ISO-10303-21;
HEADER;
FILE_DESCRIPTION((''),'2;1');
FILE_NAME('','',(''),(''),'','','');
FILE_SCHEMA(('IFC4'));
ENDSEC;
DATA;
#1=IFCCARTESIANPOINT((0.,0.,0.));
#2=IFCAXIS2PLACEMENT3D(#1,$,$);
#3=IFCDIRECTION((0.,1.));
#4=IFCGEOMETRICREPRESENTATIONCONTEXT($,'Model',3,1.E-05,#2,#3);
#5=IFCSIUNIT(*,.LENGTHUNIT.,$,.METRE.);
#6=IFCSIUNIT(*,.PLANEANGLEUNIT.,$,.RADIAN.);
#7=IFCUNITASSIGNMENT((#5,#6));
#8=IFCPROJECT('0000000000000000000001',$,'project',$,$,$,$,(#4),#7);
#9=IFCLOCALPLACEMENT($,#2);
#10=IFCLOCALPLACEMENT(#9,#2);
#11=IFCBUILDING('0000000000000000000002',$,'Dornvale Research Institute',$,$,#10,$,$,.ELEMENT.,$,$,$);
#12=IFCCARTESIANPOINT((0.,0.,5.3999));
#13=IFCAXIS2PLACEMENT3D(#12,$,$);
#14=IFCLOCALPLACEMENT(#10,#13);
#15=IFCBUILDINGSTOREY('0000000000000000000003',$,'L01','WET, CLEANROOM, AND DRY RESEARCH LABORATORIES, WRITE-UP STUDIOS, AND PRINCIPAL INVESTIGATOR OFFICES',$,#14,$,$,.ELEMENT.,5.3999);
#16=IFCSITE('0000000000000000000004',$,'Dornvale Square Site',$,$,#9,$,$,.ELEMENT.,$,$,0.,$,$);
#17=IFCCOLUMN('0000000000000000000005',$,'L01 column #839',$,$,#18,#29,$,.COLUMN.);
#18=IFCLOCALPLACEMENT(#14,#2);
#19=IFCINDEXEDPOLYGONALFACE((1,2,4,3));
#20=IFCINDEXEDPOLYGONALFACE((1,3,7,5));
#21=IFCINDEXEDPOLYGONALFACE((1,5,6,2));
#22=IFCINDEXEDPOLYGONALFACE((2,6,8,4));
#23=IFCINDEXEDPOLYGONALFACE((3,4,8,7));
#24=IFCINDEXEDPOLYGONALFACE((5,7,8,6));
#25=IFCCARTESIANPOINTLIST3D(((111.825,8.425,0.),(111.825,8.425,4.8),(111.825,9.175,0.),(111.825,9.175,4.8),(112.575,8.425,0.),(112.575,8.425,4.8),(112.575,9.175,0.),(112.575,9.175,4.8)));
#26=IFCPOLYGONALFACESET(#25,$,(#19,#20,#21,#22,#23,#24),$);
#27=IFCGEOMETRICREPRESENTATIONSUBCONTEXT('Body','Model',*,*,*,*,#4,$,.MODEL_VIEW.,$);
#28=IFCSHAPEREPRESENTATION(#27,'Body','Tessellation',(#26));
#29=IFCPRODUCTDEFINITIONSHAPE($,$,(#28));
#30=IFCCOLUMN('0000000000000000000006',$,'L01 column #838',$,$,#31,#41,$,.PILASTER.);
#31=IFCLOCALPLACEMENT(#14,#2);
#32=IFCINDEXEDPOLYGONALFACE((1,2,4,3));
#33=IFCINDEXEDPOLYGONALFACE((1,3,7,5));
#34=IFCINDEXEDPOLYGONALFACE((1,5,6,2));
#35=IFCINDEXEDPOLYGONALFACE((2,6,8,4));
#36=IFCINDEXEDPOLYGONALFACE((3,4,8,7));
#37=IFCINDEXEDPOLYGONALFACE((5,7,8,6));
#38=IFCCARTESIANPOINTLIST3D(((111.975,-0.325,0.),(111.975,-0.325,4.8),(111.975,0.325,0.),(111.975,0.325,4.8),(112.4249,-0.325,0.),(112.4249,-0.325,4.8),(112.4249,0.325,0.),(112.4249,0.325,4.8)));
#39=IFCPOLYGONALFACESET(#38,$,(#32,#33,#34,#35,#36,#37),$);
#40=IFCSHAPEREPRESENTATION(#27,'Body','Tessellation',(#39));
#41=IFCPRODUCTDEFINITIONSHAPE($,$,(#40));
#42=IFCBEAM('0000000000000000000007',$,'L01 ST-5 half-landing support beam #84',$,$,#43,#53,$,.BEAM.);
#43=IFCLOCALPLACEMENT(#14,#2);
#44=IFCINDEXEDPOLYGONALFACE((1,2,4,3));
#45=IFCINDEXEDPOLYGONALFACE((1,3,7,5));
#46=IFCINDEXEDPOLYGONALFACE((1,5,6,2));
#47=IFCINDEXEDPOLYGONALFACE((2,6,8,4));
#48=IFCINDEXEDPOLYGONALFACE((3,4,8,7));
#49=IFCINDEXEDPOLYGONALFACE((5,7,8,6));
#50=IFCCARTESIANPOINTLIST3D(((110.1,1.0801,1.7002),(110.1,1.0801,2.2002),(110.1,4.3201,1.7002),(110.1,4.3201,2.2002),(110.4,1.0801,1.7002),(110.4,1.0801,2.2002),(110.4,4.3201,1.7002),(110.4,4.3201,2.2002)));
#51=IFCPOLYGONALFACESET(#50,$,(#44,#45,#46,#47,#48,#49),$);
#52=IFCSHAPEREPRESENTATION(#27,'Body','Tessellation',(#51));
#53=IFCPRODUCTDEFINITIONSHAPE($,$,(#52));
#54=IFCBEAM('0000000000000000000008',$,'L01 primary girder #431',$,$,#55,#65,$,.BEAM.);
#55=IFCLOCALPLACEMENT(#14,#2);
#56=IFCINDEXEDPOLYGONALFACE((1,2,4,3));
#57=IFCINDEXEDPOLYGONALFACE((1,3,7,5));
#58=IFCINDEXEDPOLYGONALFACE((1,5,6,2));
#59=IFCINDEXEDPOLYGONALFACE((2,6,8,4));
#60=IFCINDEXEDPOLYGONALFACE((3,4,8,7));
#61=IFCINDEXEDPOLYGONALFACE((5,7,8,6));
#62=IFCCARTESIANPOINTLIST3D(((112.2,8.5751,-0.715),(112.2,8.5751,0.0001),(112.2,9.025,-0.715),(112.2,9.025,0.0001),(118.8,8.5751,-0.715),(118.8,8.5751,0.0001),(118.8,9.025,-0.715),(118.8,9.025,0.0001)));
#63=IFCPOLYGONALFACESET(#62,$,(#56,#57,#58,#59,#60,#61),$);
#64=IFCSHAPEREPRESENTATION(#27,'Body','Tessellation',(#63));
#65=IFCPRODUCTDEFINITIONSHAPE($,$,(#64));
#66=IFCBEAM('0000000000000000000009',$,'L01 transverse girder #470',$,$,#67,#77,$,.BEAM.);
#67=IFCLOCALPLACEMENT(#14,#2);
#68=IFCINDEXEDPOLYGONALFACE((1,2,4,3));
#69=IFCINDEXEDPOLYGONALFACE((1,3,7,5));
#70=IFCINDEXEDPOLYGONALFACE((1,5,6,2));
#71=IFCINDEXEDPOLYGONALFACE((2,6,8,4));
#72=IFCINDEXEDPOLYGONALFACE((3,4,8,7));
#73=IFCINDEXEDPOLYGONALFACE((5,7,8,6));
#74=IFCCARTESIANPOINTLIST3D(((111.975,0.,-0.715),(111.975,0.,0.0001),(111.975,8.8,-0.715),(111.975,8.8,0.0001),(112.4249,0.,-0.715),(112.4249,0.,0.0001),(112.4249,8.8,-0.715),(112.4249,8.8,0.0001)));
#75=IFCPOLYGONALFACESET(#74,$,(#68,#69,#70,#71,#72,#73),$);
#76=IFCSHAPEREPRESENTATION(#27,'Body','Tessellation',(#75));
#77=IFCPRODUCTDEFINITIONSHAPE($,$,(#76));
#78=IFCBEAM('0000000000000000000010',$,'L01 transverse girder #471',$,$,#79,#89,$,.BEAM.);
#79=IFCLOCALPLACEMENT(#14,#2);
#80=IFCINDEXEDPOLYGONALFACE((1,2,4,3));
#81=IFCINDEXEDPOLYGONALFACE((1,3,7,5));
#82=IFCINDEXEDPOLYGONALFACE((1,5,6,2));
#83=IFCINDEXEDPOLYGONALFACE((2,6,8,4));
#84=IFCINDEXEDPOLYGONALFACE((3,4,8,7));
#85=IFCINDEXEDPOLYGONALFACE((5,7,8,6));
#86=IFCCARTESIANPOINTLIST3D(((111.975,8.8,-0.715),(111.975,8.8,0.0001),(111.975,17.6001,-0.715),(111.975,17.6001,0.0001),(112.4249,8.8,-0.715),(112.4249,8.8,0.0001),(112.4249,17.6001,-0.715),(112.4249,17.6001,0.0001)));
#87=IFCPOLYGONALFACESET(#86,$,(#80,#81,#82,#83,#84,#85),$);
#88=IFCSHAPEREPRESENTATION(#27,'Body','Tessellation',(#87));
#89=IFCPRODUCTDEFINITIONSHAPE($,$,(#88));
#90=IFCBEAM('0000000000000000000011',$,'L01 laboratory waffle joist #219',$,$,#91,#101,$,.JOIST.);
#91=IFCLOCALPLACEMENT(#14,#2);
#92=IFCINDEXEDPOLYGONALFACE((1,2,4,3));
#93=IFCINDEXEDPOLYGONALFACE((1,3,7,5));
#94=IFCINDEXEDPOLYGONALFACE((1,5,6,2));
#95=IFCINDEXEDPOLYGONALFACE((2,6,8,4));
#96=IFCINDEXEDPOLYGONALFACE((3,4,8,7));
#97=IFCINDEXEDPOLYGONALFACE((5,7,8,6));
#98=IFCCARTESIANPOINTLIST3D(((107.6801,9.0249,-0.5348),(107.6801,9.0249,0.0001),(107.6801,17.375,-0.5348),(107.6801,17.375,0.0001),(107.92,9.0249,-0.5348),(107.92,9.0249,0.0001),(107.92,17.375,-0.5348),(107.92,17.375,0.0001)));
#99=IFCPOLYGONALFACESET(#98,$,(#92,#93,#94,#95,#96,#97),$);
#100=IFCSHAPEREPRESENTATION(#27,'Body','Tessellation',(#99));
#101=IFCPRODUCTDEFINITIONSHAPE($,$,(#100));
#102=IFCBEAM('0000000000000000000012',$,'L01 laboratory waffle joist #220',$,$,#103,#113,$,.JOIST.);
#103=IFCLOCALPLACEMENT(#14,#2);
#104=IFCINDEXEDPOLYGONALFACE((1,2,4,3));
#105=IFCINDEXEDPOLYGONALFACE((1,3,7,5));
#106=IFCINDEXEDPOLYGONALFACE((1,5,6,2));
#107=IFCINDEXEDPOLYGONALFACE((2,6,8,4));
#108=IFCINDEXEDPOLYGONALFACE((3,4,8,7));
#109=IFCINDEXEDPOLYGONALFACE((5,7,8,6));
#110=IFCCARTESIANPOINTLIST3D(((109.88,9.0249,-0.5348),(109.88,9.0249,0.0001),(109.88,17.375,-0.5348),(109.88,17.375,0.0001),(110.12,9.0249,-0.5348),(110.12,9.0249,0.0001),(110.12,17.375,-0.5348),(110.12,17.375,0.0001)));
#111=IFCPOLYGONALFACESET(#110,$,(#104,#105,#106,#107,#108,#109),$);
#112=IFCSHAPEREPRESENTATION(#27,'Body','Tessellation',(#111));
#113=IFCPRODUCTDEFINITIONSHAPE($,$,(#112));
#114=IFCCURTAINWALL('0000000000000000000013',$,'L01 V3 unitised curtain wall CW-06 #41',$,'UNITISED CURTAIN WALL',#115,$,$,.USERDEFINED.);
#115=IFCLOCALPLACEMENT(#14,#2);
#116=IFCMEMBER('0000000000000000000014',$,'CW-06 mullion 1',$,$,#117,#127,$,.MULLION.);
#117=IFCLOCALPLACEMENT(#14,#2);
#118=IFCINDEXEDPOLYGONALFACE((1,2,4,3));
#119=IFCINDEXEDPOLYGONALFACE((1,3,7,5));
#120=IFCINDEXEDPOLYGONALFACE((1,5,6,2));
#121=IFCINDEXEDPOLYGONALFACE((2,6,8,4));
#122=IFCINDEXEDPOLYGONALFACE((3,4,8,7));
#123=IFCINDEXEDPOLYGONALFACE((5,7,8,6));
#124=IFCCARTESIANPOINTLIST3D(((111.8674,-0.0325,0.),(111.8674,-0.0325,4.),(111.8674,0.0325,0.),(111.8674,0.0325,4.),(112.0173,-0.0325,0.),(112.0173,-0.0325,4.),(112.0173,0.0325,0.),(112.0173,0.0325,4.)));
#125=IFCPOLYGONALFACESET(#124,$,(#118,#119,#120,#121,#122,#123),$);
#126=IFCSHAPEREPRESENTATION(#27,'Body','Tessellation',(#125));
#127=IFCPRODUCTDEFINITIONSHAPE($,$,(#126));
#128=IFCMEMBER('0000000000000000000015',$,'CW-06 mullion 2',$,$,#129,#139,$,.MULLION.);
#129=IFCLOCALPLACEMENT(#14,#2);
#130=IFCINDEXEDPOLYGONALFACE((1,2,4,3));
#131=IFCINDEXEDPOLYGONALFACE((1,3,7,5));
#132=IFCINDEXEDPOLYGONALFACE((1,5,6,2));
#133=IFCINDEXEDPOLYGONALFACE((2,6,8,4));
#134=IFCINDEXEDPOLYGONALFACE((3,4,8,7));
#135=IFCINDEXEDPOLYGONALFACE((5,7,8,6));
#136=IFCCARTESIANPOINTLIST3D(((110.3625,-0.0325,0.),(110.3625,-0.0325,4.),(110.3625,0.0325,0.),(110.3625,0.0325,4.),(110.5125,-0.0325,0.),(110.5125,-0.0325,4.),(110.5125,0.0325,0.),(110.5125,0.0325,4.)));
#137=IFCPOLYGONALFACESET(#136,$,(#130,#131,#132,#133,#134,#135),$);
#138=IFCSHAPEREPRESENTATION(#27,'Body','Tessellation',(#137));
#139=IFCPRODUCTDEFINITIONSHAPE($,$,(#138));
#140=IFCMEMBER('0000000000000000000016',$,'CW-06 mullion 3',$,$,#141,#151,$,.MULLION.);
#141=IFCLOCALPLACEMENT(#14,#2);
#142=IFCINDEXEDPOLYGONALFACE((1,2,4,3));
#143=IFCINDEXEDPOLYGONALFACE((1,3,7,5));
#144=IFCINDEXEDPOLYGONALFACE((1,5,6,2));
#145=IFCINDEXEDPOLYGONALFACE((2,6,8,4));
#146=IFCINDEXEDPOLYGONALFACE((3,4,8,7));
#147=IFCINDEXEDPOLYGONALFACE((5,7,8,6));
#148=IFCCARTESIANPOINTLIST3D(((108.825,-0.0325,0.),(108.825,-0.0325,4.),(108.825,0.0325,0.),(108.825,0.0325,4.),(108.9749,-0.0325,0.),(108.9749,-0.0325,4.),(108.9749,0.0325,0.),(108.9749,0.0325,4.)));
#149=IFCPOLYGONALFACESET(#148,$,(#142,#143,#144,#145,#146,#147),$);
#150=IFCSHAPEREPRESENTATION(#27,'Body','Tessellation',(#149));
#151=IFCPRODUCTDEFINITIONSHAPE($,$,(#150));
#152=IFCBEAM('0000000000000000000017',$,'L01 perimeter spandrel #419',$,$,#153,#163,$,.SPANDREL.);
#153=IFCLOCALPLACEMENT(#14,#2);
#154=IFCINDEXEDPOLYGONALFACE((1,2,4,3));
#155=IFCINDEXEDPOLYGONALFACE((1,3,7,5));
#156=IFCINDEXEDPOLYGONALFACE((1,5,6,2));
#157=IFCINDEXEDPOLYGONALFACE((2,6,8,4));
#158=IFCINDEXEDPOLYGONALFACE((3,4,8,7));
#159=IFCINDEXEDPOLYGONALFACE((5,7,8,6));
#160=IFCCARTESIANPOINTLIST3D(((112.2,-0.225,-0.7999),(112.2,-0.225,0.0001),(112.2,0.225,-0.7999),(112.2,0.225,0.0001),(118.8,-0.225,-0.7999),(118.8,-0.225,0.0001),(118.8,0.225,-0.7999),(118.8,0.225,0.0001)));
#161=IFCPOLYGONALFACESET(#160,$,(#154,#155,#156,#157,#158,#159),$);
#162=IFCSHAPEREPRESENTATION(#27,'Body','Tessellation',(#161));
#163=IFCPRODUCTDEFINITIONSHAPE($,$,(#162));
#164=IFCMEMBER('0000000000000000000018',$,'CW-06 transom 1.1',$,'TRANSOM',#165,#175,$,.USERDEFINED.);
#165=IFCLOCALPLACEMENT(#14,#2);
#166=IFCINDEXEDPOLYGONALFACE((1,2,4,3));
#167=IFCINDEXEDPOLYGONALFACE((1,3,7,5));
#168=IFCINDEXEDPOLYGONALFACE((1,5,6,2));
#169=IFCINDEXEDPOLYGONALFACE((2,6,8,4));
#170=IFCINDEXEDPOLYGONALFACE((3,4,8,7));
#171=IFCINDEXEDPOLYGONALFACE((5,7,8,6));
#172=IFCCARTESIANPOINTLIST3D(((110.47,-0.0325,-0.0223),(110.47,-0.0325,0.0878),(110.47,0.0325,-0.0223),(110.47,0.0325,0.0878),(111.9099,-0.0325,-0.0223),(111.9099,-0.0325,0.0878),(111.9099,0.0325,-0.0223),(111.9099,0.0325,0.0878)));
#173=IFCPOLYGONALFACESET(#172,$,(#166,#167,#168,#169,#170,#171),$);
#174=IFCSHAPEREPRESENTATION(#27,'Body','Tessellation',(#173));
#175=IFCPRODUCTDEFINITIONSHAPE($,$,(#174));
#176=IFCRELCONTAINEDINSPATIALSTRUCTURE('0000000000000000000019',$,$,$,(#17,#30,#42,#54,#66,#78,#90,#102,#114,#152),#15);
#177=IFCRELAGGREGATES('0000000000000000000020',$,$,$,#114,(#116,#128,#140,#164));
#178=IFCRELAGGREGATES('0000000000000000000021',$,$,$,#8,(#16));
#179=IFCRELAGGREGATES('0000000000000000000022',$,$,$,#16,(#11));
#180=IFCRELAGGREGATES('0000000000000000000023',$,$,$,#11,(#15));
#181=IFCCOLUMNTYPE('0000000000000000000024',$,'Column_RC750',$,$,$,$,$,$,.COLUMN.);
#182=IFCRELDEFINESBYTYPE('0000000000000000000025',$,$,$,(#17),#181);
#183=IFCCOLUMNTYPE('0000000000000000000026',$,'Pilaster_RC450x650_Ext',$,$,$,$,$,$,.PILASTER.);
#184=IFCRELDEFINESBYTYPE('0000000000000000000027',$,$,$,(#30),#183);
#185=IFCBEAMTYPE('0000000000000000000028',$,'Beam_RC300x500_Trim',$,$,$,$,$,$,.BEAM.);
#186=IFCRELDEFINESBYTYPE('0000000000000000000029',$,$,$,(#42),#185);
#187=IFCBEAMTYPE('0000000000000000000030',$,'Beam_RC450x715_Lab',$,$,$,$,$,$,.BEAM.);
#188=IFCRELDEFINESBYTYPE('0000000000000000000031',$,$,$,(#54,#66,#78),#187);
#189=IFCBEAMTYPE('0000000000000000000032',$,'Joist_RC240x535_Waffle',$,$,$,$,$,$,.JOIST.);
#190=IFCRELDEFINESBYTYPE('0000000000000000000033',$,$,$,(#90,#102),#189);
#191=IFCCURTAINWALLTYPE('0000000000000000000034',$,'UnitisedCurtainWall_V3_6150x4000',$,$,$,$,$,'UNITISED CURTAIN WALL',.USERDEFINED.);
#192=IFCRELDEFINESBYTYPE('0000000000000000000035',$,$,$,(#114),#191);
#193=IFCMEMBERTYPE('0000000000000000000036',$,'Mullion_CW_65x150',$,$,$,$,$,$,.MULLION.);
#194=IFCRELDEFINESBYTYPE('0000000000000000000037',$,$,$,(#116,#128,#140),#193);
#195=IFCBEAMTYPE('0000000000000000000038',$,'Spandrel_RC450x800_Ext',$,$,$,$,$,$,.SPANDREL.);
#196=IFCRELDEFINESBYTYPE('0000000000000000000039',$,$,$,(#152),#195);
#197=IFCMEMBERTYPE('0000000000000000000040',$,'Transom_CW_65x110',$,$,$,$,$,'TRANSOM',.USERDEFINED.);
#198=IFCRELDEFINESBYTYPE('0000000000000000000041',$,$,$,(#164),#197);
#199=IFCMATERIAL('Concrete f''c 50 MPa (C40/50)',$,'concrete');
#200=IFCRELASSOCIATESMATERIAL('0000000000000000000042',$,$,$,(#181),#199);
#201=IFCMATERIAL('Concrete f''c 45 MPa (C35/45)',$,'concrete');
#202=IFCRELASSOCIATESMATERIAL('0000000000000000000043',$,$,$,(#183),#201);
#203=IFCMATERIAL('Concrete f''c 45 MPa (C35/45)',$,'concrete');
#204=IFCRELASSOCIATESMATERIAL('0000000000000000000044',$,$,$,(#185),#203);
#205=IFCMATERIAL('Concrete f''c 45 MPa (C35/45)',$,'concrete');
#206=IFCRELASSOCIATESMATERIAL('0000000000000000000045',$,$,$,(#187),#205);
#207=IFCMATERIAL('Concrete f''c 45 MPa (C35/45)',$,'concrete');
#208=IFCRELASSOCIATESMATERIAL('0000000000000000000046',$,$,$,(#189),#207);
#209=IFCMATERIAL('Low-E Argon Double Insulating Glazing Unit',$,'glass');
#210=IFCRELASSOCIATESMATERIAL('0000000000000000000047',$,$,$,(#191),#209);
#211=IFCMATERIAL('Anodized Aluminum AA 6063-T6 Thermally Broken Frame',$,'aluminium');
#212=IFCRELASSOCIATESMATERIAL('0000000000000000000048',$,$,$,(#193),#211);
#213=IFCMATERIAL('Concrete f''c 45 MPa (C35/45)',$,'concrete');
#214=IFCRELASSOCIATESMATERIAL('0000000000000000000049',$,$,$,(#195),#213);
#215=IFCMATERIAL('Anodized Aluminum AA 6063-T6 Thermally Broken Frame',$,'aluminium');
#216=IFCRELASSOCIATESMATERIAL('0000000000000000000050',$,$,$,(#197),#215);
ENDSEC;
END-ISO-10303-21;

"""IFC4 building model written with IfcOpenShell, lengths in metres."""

from ifc_helpers import new_model, si_unit, direction, frame, origin, origin_2d, place, context, subcontext, project, spatial, rectangle, extrude, material, material_profile, profile_set, type_object, element, aggregate, save


model = new_model("IFC4")

# Units and contexts
model_context = context("Model", 3, precision=1e-05, world=origin(), true_north=direction((0.0, 1.0)))
body_context = subcontext(model_context, "Body", "Model", "MODEL_VIEW")
ifc_project = project(units=[si_unit("LENGTHUNIT", "METRE"), si_unit("PLANEANGLEUNIT", "RADIAN")], contexts=[model_context])

# Site, building, storey
site_placement = place(None, origin())
site = spatial("IfcSite", under=ifc_project, at=site_placement, Name="Dornvale Square Site", CompositionType="ELEMENT", RefElevation=0.0)
building_placement = place(site_placement, origin())
building = spatial("IfcBuilding", under=site, at=building_placement, Name="Dornvale Research Institute", CompositionType="ELEMENT")
storey_placement = place(building_placement, frame((0.0, 0.0, 5.3999)))
storey = spatial("IfcBuildingStorey", under=building, at=storey_placement, Name="L01", Description="WET, CLEANROOM, AND DRY RESEARCH LABORATORIES, WRITE-UP STUDIOS, AND PRINCIPAL INVESTIGATOR OFFICES", CompositionType="ELEMENT", Elevation=5.3999)

# Columns
ifc_material_1 = material(Name="Concrete f'c 50 MPa (C40/50)", Category="concrete")
ifc_material_profile_1 = material_profile(ifc_material_1, rectangle(XDim=0.75, YDim=0.75, at=origin_2d()), Name="RC 750x750")
ifc_profile_set_1 = profile_set([ifc_material_profile_1], Name="Concrete f'c 50 MPa (C40/50)")
column_type_1 = type_object("IfcColumnType", Name="Column_RC750", PredefinedType="COLUMN", material=ifc_profile_set_1)
column_1_placement = place(storey_placement, frame((112.2, 8.8, 0.0), z_axis=(0.0, 0.0, 1.0), x_axis=(1.0, 0.0, 0.0)))
element("IfcColumn", 1, at=column_1_placement, inside=storey, type_object=column_type_1, Name="L01 column #839", PredefinedType="COLUMN", context=body_context, shape_type="SweptSolid", body=[
    extrude(rectangle(XDim=0.75, YDim=0.75, at=origin_2d()), origin(), (0.0, 0.0, 1.0), 4.8),
])
ifc_material_2 = material(Name="Concrete f'c 45 MPa (C35/45)", Category="concrete")
ifc_material_profile_2 = material_profile(ifc_material_2, rectangle(XDim=0.45, YDim=0.6499, at=origin_2d()), Name="RC 450x650")
ifc_profile_set_2 = profile_set([ifc_material_profile_2], Name="Concrete f'c 45 MPa (C35/45)")
column_type_2 = type_object("IfcColumnType", Name="Pilaster_RC450x650_Ext", PredefinedType="PILASTER", material=ifc_profile_set_2)
column_2_placement = place(storey_placement, frame((112.2, 0.0, 0.0), z_axis=(0.0, 0.0, 1.0), x_axis=(1.0, 0.0, 0.0)))
element("IfcColumn", 2, at=column_2_placement, inside=storey, type_object=column_type_2, Name="L01 column #838", PredefinedType="PILASTER", context=body_context, shape_type="SweptSolid", body=[
    extrude(rectangle(XDim=0.45, YDim=0.6499, at=origin_2d()), origin(), (0.0, 0.0, 1.0), 4.8),
])

# Beams
ifc_material_3 = material(Name="Concrete f'c 45 MPa (C35/45)", Category="concrete")
ifc_material_profile_3 = material_profile(ifc_material_3, rectangle(XDim=0.3, YDim=0.5, at=origin_2d()), Name="RC 300x500")
ifc_profile_set_3 = profile_set([ifc_material_profile_3], Name="Concrete f'c 45 MPa (C35/45)")
beam_type_1 = type_object("IfcBeamType", Name="Beam_RC300x500_Trim", PredefinedType="BEAM", material=ifc_profile_set_3)
beam_1_placement = place(storey_placement, frame((110.25, 1.0801, 1.9502), z_axis=(0.0, 1.0, 0.0), x_axis=(-1.0, 0.0, 0.0)))
element("IfcBeam", 3, at=beam_1_placement, inside=storey, type_object=beam_type_1, Name="L01 ST-5 half-landing support beam #84", PredefinedType="BEAM", context=body_context, shape_type="SweptSolid", body=[
    extrude(rectangle(XDim=0.3, YDim=0.5, at=origin_2d()), origin(), (0.0, 0.0, 1.0), 3.24),
])
ifc_material_4 = material(Name="Concrete f'c 45 MPa (C35/45)", Category="concrete")
ifc_material_profile_4 = material_profile(ifc_material_4, rectangle(XDim=0.45, YDim=0.7151, at=origin_2d()), Name="RC 450x715")
ifc_profile_set_4 = profile_set([ifc_material_profile_4], Name="Concrete f'c 45 MPa (C35/45)")
beam_type_2 = type_object("IfcBeamType", Name="Beam_RC450x715_Lab", PredefinedType="BEAM", material=ifc_profile_set_4)
beam_2_placement = place(storey_placement, frame((112.2, 8.8, -0.3574), z_axis=(1.0, 0.0, 0.0), x_axis=(0.0, 1.0, 0.0)))
element("IfcBeam", 4, at=beam_2_placement, inside=storey, type_object=beam_type_2, Name="L01 primary girder #431", PredefinedType="BEAM", context=body_context, shape_type="SweptSolid", body=[
    extrude(rectangle(XDim=0.45, YDim=0.7151, at=origin_2d()), origin(), (0.0, 0.0, 1.0), 6.6001),
])
for number, where, z_axis, x_axis, name in (
    (5, (112.2, 0.0, -0.3574), (0.0, 1.0, 0.0), (-1.0, 0.0, 0.0), "L01 transverse girder #470"),
    (6, (112.2, 8.8, -0.3574), (0.0, 1.0, 0.0), (-1.0, 0.0, 0.0), "L01 transverse girder #471"),
):
    element("IfcBeam", number, at=place(storey_placement, frame(where, z_axis=z_axis, x_axis=x_axis)), inside=storey, type_object=beam_type_2, Name=name, PredefinedType="BEAM", context=body_context, shape_type="SweptSolid", body=[
        extrude(rectangle(XDim=0.45, YDim=0.7151, at=origin_2d()), origin(), (0.0, 0.0, 1.0), 8.8),
    ])
ifc_material_5 = material(Name="Concrete f'c 45 MPa (C35/45)", Category="concrete")
ifc_material_profile_5 = material_profile(ifc_material_5, rectangle(XDim=0.24, YDim=0.5349, at=origin_2d()), Name="RC 240x535")
ifc_profile_set_5 = profile_set([ifc_material_profile_5], Name="Concrete f'c 45 MPa (C35/45)")
beam_type_3 = type_object("IfcBeamType", Name="Joist_RC240x535_Waffle", PredefinedType="JOIST", material=ifc_profile_set_5)
for number, where, z_axis, x_axis, name in (
    (7, (107.8, 9.0249, -0.2673), (0.0, 1.0, 0.0), (-1.0, 0.0, 0.0), "L01 laboratory waffle joist #219"),
    (8, (110.0, 9.0249, -0.2673), (0.0, 1.0, 0.0), (-1.0, 0.0, 0.0), "L01 laboratory waffle joist #220"),
):
    element("IfcBeam", number, at=place(storey_placement, frame(where, z_axis=z_axis, x_axis=x_axis)), inside=storey, type_object=beam_type_3, Name=name, PredefinedType="JOIST", context=body_context, shape_type="SweptSolid", body=[
        extrude(rectangle(XDim=0.24, YDim=0.5349, at=origin_2d()), origin(), (0.0, 0.0, 1.0), 8.3501),
    ])

# Curtain wall, members
ifc_material_6 = material(Name="Low-E Argon Double Insulating Glazing Unit", Category="glass")
curtain_wall_type = type_object("IfcCurtainWallType", Name="UnitisedCurtainWall_V3_6150x4000", ElementType="UNITISED CURTAIN WALL", PredefinedType="USERDEFINED", material=ifc_material_6)
curtain_wall_placement = place(storey_placement, origin())
curtain_wall = element("IfcCurtainWall", 9, at=curtain_wall_placement, inside=storey, type_object=curtain_wall_type, Name="L01 V3 unitised curtain wall CW-06 #41", ObjectType="UNITISED CURTAIN WALL", PredefinedType="USERDEFINED")
ifc_material_7 = material(Name="Anodized Aluminum AA 6063-T6 Thermally Broken Frame", Category="aluminium")
ifc_material_profile_6 = material_profile(ifc_material_7, rectangle(XDim=0.0649, YDim=0.1499, at=origin_2d()), Name="ALU MULLION 65x150")
ifc_profile_set_6 = profile_set([ifc_material_profile_6], Name="Anodized Aluminum AA 6063-T6 Thermally Broken Frame")
member_type_1 = type_object("IfcMemberType", Name="Mullion_CW_65x150", PredefinedType="MULLION", material=ifc_profile_set_6)
member_1_placement = place(storey_placement, frame((111.9424, 0.0, 0.0), z_axis=(0.0, 0.0, 1.0), x_axis=(0.0, -1.0, 0.0)))
member_1 = element("IfcMember", 10, at=member_1_placement, type_object=member_type_1, Name="CW-06 mullion 1", PredefinedType="MULLION", context=body_context, shape_type="SweptSolid", body=[
    extrude(rectangle(XDim=0.0649, YDim=0.1499, at=origin_2d()), origin(), (0.0, 0.0, 1.0), 4.0),
])
member_2_placement = place(storey_placement, frame((110.4375, 0.0, 0.0), z_axis=(0.0, 0.0, 1.0), x_axis=(0.0, -1.0, 0.0)))
member_2 = element("IfcMember", 11, at=member_2_placement, type_object=member_type_1, Name="CW-06 mullion 2", PredefinedType="MULLION", context=body_context, shape_type="SweptSolid", body=[
    extrude(rectangle(XDim=0.0649, YDim=0.1499, at=origin_2d()), origin(), (0.0, 0.0, 1.0), 4.0),
])
member_3_placement = place(storey_placement, frame((108.8999, 0.0, 0.0), z_axis=(0.0, 0.0, 1.0), x_axis=(0.0, -1.0, 0.0)))
member_3 = element("IfcMember", 12, at=member_3_placement, type_object=member_type_1, Name="CW-06 mullion 3", PredefinedType="MULLION", context=body_context, shape_type="SweptSolid", body=[
    extrude(rectangle(XDim=0.0649, YDim=0.1499, at=origin_2d()), origin(), (0.0, 0.0, 1.0), 4.0),
])

# Beam
ifc_material_8 = material(Name="Concrete f'c 45 MPa (C35/45)", Category="concrete")
ifc_material_profile_7 = material_profile(ifc_material_8, rectangle(XDim=0.45, YDim=0.8, at=origin_2d()), Name="RC 450x800")
ifc_profile_set_7 = profile_set([ifc_material_profile_7], Name="Concrete f'c 45 MPa (C35/45)")
beam_type_4 = type_object("IfcBeamType", Name="Spandrel_RC450x800_Ext", PredefinedType="SPANDREL", material=ifc_profile_set_7)
beam_3_placement = place(storey_placement, frame((112.2, 0.0, -0.3999), z_axis=(1.0, 0.0, 0.0), x_axis=(0.0, 1.0, 0.0)))
element("IfcBeam", 13, at=beam_3_placement, inside=storey, type_object=beam_type_4, Name="L01 perimeter spandrel #419", PredefinedType="SPANDREL", context=body_context, shape_type="SweptSolid", body=[
    extrude(rectangle(XDim=0.45, YDim=0.8, at=origin_2d()), origin(), (0.0, 0.0, 1.0), 6.6001),
])

# Member
ifc_material_9 = material(Name="Anodized Aluminum AA 6063-T6 Thermally Broken Frame", Category="aluminium")
ifc_material_profile_8 = material_profile(ifc_material_9, rectangle(XDim=0.0649, YDim=0.1101, at=origin_2d()), Name="ALU TRANSOM 65x110")
ifc_profile_set_8 = profile_set([ifc_material_profile_8], Name="Anodized Aluminum AA 6063-T6 Thermally Broken Frame")
member_type_2 = type_object("IfcMemberType", Name="Transom_CW_65x110", ElementType="TRANSOM", PredefinedType="USERDEFINED", material=ifc_profile_set_8)
member_4_placement = place(storey_placement, frame((111.9099, 0.0, 0.0327), z_axis=(-1.0, 0.0, 0.0), x_axis=(0.0, -1.0, 0.0)))
member_4 = element("IfcMember", 14, at=member_4_placement, type_object=member_type_2, Name="CW-06 transom 1.1", ObjectType="TRANSOM", PredefinedType="USERDEFINED", context=body_context, shape_type="SweptSolid", body=[
    extrude(rectangle(XDim=0.0649, YDim=0.1101, at=origin_2d()), origin(), (0.0, 0.0, 1.0), 1.4399),
])

aggregate(curtain_wall, [member_1, member_2, member_3, member_4])

save(model, "model.ifc")
